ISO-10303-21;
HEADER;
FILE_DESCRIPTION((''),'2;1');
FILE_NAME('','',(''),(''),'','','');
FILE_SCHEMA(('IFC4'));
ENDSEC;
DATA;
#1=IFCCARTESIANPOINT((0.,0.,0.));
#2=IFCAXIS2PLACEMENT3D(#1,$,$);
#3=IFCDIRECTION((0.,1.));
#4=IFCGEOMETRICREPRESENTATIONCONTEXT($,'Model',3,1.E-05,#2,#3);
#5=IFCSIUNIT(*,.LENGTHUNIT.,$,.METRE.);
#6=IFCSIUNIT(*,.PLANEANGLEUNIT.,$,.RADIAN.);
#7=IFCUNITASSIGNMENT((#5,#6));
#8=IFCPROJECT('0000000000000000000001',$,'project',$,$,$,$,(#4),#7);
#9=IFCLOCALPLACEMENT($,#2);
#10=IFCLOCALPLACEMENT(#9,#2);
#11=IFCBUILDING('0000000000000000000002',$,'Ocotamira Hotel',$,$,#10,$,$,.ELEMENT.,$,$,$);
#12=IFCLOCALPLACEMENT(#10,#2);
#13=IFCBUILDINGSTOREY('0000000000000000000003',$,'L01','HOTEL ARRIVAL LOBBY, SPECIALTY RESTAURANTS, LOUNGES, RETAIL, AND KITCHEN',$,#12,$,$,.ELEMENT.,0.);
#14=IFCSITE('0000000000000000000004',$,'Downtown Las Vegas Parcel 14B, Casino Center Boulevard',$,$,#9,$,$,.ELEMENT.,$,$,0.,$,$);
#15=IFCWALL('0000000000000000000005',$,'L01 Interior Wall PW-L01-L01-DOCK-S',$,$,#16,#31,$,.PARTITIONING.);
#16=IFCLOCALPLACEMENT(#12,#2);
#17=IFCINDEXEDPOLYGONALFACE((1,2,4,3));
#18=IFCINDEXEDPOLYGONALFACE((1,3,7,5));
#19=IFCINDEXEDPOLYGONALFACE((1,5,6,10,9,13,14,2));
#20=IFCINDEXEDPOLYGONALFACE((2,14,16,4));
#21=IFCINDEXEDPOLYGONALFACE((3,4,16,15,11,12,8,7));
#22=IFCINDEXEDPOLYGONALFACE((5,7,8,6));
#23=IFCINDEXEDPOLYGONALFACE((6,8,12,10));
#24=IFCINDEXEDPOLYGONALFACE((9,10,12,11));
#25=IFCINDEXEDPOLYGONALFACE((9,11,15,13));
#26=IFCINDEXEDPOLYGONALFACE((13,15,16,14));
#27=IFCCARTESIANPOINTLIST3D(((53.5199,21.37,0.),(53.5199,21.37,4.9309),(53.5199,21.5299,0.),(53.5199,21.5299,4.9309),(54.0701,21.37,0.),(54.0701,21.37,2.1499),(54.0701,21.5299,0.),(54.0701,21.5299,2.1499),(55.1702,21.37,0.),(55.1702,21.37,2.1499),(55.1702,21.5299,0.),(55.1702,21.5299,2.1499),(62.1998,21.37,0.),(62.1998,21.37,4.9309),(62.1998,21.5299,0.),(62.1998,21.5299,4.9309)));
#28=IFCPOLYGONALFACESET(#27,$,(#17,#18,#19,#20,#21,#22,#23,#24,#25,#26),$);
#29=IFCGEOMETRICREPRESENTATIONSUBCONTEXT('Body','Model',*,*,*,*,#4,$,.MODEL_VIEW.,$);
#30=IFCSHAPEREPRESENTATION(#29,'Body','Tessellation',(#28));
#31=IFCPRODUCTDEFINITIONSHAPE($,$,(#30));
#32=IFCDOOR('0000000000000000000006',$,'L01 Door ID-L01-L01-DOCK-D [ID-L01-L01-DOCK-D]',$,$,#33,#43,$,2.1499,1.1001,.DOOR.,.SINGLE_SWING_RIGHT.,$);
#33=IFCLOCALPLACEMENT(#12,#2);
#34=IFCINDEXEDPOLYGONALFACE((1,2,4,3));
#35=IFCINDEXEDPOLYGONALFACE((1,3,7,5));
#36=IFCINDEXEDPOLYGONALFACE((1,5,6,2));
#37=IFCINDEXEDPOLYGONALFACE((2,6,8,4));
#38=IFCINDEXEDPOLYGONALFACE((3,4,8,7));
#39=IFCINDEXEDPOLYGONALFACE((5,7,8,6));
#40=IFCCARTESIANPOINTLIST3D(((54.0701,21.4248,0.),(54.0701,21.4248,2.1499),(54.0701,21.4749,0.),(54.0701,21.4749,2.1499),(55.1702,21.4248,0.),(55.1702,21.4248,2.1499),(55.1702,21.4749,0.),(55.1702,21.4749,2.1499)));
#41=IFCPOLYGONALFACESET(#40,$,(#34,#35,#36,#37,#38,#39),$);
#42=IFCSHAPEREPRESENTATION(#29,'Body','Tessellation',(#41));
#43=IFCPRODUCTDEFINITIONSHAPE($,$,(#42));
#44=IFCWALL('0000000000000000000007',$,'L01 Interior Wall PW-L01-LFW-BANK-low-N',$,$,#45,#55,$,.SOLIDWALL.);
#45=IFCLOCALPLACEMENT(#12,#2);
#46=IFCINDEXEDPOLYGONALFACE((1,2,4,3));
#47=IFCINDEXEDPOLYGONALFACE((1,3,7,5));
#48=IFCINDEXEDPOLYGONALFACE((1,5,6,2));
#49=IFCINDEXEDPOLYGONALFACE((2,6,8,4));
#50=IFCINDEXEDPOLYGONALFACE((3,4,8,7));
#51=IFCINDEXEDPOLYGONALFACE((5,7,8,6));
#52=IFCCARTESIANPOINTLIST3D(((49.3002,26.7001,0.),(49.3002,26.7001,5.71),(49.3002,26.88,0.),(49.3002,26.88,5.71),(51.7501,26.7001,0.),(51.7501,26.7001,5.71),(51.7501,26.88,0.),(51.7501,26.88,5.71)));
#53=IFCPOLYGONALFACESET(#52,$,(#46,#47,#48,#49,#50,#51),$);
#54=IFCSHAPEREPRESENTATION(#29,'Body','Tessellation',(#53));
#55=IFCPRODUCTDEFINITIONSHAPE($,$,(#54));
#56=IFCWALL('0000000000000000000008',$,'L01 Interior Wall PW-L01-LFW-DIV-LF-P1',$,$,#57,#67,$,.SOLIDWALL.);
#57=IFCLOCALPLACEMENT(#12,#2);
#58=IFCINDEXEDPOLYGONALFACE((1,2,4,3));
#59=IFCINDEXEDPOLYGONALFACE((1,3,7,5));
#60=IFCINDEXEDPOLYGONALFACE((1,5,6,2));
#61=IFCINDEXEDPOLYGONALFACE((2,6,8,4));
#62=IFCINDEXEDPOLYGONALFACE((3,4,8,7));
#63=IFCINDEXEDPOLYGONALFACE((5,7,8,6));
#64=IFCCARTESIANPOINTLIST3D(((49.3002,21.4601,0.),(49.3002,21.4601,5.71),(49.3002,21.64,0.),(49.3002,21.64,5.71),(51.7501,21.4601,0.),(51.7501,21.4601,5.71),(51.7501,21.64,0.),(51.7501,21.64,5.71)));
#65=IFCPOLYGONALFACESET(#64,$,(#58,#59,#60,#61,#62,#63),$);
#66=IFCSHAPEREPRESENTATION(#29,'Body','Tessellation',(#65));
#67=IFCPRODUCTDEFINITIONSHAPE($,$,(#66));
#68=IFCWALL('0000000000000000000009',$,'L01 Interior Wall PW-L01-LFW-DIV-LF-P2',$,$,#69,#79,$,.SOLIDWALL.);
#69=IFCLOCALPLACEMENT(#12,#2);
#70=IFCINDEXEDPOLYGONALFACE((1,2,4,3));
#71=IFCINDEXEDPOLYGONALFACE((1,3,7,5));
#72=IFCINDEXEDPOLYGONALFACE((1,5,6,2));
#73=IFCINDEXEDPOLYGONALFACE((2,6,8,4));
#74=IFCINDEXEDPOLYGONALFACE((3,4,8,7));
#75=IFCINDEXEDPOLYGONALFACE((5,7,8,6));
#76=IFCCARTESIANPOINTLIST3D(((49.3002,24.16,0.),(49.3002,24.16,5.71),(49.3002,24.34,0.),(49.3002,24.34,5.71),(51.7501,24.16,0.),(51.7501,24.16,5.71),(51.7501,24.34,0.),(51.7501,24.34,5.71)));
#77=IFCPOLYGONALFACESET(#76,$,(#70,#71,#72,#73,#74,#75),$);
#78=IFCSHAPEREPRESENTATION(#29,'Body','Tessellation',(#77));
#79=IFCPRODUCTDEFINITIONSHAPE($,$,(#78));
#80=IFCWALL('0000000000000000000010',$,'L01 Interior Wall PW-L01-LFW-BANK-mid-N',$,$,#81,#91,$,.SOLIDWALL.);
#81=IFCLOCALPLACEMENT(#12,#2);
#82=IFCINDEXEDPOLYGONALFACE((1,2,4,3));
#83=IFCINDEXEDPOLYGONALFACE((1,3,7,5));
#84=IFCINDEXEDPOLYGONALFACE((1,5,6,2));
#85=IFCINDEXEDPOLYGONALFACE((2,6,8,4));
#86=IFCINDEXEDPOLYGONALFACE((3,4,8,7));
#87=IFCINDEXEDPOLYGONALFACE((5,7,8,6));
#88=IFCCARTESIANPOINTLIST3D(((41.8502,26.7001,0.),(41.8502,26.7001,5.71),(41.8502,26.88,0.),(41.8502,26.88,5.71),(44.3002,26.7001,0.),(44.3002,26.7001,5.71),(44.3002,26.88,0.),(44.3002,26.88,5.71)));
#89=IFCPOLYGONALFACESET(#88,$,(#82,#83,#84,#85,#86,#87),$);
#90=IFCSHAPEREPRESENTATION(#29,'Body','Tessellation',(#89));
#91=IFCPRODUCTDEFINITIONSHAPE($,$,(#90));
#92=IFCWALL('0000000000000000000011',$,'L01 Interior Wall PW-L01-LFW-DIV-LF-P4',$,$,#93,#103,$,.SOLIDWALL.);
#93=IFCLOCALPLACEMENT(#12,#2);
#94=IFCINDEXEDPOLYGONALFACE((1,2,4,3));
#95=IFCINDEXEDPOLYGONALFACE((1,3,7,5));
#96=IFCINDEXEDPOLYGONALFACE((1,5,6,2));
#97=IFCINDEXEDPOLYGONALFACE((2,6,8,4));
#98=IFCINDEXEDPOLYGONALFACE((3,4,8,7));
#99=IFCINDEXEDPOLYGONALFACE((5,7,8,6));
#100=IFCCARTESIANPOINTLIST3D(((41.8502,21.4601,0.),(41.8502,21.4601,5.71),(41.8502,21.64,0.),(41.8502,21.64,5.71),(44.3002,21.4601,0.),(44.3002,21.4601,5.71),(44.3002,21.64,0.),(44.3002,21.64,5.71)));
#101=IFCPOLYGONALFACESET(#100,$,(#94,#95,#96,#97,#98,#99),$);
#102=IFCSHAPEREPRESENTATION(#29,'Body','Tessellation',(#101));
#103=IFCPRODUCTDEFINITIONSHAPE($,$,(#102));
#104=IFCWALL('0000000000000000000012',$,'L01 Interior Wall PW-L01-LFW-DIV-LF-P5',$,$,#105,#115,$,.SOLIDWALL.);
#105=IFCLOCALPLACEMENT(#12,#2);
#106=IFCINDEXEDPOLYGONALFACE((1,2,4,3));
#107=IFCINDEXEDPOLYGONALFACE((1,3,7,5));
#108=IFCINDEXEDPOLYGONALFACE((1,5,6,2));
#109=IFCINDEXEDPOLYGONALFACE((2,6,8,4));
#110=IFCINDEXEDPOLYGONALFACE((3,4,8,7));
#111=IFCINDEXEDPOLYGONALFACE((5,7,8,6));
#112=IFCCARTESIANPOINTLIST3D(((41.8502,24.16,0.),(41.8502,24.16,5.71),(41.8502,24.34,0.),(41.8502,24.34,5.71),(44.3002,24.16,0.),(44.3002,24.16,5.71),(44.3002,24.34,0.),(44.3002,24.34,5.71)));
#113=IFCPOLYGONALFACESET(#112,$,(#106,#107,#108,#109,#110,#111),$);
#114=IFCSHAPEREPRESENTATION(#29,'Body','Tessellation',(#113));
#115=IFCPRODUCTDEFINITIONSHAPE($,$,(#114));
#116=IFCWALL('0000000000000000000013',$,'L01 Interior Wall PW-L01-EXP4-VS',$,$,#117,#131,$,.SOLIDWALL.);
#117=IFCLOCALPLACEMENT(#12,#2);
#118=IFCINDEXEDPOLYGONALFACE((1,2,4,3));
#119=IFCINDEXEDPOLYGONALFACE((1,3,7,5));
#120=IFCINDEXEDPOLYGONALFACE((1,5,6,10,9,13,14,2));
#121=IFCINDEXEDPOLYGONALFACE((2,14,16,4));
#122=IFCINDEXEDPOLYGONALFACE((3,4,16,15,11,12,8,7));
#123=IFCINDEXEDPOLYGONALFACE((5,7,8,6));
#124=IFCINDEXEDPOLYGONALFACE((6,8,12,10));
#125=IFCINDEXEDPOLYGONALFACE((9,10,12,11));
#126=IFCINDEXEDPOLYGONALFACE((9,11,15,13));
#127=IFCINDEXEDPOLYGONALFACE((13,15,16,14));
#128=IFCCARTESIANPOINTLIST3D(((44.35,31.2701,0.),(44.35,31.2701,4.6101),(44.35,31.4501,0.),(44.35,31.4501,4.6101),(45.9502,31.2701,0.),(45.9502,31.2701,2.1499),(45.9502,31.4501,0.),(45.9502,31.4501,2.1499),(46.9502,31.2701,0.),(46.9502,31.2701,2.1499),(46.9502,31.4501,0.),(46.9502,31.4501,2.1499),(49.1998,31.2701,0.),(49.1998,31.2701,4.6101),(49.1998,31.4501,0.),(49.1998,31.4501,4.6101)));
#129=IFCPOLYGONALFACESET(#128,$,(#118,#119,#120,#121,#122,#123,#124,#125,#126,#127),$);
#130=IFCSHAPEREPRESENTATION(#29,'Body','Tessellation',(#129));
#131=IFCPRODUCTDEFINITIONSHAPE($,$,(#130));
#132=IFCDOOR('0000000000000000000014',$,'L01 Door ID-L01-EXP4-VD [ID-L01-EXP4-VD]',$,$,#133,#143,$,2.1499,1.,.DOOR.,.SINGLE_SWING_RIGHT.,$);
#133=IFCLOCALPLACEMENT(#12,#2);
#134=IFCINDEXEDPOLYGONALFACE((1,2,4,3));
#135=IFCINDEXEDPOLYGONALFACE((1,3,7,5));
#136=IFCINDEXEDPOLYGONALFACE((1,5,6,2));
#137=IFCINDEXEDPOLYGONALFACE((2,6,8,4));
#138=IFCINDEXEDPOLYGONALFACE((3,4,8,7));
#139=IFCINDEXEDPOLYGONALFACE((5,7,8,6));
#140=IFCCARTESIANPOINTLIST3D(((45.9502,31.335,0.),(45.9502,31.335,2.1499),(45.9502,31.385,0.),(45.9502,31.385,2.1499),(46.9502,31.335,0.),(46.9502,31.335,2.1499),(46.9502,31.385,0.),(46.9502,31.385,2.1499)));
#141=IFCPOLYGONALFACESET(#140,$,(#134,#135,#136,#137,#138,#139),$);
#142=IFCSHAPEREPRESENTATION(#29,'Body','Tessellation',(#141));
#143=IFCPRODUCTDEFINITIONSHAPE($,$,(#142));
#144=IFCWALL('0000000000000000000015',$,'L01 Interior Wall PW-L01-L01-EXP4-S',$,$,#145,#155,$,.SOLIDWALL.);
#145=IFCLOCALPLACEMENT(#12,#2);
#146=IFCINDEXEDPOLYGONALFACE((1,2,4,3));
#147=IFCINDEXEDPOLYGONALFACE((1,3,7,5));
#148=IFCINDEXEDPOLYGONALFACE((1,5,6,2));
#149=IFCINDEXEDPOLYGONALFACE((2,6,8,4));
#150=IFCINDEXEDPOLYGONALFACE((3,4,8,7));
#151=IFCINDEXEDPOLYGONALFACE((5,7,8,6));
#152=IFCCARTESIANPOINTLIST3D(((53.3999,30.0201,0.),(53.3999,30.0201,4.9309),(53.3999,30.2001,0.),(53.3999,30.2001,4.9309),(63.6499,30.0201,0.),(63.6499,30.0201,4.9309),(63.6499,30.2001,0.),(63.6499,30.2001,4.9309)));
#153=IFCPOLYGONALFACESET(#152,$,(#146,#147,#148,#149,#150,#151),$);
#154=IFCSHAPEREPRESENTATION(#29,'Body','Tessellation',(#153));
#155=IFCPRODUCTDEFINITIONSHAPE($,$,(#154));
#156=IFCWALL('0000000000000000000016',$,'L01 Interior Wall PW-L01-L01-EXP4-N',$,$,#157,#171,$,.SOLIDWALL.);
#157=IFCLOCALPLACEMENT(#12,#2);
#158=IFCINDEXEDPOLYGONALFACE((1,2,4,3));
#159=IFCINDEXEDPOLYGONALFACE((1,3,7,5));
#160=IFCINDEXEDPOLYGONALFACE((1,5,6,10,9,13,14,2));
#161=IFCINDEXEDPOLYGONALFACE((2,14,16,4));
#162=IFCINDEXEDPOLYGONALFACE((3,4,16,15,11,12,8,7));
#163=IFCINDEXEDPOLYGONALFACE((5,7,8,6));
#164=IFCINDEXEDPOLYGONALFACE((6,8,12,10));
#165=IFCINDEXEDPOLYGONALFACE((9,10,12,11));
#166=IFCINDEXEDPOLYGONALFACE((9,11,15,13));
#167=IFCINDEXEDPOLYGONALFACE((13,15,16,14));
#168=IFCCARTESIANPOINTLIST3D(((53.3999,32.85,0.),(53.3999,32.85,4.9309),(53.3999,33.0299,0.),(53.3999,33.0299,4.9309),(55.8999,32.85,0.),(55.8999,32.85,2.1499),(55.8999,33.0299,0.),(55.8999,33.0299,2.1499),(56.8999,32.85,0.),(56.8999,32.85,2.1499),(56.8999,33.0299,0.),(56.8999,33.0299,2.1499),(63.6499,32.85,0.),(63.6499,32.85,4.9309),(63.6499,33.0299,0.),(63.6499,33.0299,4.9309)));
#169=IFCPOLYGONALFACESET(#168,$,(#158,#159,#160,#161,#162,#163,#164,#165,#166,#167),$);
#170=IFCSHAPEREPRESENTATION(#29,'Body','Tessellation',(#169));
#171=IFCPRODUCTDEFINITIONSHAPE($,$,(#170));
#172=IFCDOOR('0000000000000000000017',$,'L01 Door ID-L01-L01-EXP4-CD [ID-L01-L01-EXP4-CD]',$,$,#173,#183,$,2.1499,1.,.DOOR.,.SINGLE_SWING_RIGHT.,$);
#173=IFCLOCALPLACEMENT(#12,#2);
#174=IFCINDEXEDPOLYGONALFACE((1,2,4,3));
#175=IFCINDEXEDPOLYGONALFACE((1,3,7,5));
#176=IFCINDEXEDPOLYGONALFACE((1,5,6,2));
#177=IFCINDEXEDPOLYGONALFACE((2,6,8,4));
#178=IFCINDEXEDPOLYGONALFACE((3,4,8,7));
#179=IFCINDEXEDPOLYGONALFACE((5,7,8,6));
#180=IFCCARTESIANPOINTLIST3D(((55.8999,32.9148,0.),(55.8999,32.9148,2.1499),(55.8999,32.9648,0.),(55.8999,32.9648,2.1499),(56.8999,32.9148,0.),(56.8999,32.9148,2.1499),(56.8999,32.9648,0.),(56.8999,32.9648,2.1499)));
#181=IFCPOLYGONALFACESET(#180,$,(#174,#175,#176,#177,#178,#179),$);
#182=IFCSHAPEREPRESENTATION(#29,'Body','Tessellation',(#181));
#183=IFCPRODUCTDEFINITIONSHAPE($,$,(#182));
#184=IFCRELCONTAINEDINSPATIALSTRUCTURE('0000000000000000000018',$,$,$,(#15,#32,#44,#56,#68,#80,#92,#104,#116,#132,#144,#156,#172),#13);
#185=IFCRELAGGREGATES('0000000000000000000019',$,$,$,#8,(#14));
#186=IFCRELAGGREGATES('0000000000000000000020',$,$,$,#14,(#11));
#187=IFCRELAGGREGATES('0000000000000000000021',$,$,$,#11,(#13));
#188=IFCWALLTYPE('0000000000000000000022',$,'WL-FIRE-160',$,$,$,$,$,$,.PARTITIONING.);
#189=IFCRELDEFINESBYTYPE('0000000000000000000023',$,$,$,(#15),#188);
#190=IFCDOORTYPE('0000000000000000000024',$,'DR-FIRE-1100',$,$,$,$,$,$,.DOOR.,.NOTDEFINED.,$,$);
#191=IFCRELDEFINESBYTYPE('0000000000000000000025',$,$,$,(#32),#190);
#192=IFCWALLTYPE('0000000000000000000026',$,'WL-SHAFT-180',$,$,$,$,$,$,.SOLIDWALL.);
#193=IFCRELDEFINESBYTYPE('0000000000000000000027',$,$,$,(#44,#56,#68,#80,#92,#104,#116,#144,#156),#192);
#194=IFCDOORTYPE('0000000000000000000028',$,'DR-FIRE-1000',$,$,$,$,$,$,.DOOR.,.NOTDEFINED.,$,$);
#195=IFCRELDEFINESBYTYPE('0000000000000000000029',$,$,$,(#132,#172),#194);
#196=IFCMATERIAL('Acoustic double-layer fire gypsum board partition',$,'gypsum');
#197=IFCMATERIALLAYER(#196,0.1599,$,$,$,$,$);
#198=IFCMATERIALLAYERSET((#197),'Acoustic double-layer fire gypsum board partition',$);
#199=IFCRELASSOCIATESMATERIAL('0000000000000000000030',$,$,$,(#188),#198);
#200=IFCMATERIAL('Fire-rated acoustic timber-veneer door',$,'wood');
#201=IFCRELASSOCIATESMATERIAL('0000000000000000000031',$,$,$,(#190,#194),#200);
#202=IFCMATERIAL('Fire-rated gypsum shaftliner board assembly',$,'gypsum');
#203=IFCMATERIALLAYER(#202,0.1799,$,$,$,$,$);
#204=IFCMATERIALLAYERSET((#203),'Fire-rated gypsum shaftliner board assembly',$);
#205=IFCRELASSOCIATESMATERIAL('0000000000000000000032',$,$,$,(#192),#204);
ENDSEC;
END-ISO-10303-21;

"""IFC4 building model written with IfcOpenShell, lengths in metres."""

from ifc_helpers import new_model, si_unit, direction, frame, frame_2d, origin, place, context, subcontext, project, spatial, rectangle, extrude, source, transform, mapped, material, layer, layer_set, type_object, element, fill, save


model = new_model("IFC4")

# Units and contexts
model_context = context("Model", 3, precision=1e-05, world=origin(), true_north=direction((0.0, 1.0)))
body_context = subcontext(model_context, "Body", "Model", "MODEL_VIEW")
ifc_project = project(units=[si_unit("LENGTHUNIT", "METRE"), si_unit("PLANEANGLEUNIT", "RADIAN")], contexts=[model_context])

# Site, building, storey
site_placement = place(None, origin())
site = spatial("IfcSite", under=ifc_project, at=site_placement, Name="Downtown Las Vegas Parcel 14B, Casino Center Boulevard", CompositionType="ELEMENT", RefElevation=0.0)
building_placement = place(site_placement, origin())
building = spatial("IfcBuilding", under=site, at=building_placement, Name="Ocotamira Hotel", CompositionType="ELEMENT")
storey_placement = place(building_placement, origin())
storey = spatial("IfcBuildingStorey", under=building, at=storey_placement, Name="L01", Description="HOTEL ARRIVAL LOBBY, SPECIALTY RESTAURANTS, LOUNGES, RETAIL, AND KITCHEN", CompositionType="ELEMENT", Elevation=0.0)

# Shared definitions
ifc_material_1 = material(Name="Acoustic double-layer fire gypsum board partition", Category="gypsum")
ifc_layer_1 = layer(ifc_material_1, 0.1599)
ifc_layer_set_1 = layer_set([ifc_layer_1], Name="Acoustic double-layer fire gypsum board partition")
wall_type_1 = type_object("IfcWallType", Name="WL-FIRE-160", PredefinedType="PARTITIONING", material=ifc_layer_set_1)

# Wall, opening, door
wall_1_placement = place(storey_placement, frame((53.52, 21.45, 0.0), z_axis=(0.0, 0.0, 1.0), x_axis=(1.0, 0.0, 0.0)))
wall_1 = element("IfcWall", 1, at=wall_1_placement, inside=storey, type_object=wall_type_1, Name="L01 Interior Wall PW-L01-L01-DOCK-S", PredefinedType="PARTITIONING", context=body_context, shape_type="SweptSolid", body=[
    extrude(rectangle(XDim=8.6799, YDim=0.1599, at=frame_2d((4.3398, 0.0))), origin(), (0.0, 0.0, 1.0), 4.9309),
])
opening_1_placement = place(wall_1_placement, frame((0.55, 0.0, 0.0)))
opening_1 = element("IfcOpeningElement", 2, at=opening_1_placement, cuts=wall_1, PredefinedType="OPENING", context=body_context, shape_type="SweptSolid", body=[
    extrude(rectangle(XDim=1.1001, YDim=2.1499, at=frame_2d((0.55, 1.075))), frame((0.0, 0.0898, 0.0), z_axis=(0.0, -1.0, 0.0), x_axis=(1.0, 0.0, 0.0)), (0.0, 0.0, 1.0), 0.1799),
])
ifc_material_2 = material(Name="Fire-rated acoustic timber-veneer door", Category="wood")
door_type_1 = type_object("IfcDoorType", Name="DR-FIRE-1100", OperationType="NOTDEFINED", PredefinedType="DOOR", material=ifc_material_2)
shared_shape_1 = source(origin(), body_context, "Body", "SweptSolid", [
    extrude(rectangle(XDim=1.1001, YDim=2.1499, at=frame_2d((0.55, 1.075))), frame((0.0, 0.0249, 0.0), z_axis=(0.0, -1.0, 0.0), x_axis=(1.0, 0.0, 0.0)), (0.0, 0.0, 1.0), 0.05),
])
door_1_placement = place(opening_1_placement, origin())
door_1 = element("IfcDoor", 3, at=door_1_placement, inside=storey, type_object=door_type_1, Name="L01 Door ID-L01-L01-DOCK-D [ID-L01-L01-DOCK-D]", OperationType="SINGLE_SWING_RIGHT", OverallHeight=2.1499, OverallWidth=1.1001, PredefinedType="DOOR", context=body_context, shape_type="MappedRepresentation", body=[
    mapped(shared_shape_1, transform((0.0, 0.0, 0.0), scale=1.0)),
])
fill(opening_1, door_1)

# Walls
ifc_material_3 = material(Name="Fire-rated gypsum shaftliner board assembly", Category="gypsum")
ifc_layer_2 = layer(ifc_material_3, 0.1799)
ifc_layer_set_2 = layer_set([ifc_layer_2], Name="Fire-rated gypsum shaftliner board assembly")
wall_type_2 = type_object("IfcWallType", Name="WL-SHAFT-180", PredefinedType="SOLIDWALL", material=ifc_layer_set_2)
for number, where, z_axis, x_axis, name in (
    (4, (49.3, 26.79, 0.0), (0.0, 0.0, 1.0), (1.0, 0.0, 0.0), "L01 Interior Wall PW-L01-LFW-BANK-low-N"),
    (5, (49.3, 21.55, 0.0), (0.0, 0.0, 1.0), (1.0, 0.0, 0.0), "L01 Interior Wall PW-L01-LFW-DIV-LF-P1"),
    (6, (49.3, 24.25, 0.0), (0.0, 0.0, 1.0), (1.0, 0.0, 0.0), "L01 Interior Wall PW-L01-LFW-DIV-LF-P2"),
    (7, (41.8501, 26.79, 0.0), (0.0, 0.0, 1.0), (1.0, 0.0, 0.0), "L01 Interior Wall PW-L01-LFW-BANK-mid-N"),
    (8, (41.8501, 21.55, 0.0), (0.0, 0.0, 1.0), (1.0, 0.0, 0.0), "L01 Interior Wall PW-L01-LFW-DIV-LF-P4"),
    (9, (41.8501, 24.25, 0.0), (0.0, 0.0, 1.0), (1.0, 0.0, 0.0), "L01 Interior Wall PW-L01-LFW-DIV-LF-P5"),
):
    element("IfcWall", number, at=place(storey_placement, frame(where, z_axis=z_axis, x_axis=x_axis)), inside=storey, type_object=wall_type_2, Name=name, PredefinedType="SOLIDWALL", context=body_context, shape_type="SweptSolid", body=[
        extrude(rectangle(XDim=2.45, YDim=0.1799, at=frame_2d((1.2251, 0.0))), origin(), (0.0, 0.0, 1.0), 5.71),
    ])

# Wall, opening, door
wall_2_placement = place(storey_placement, frame((44.3501, 31.3601, 0.0), z_axis=(0.0, 0.0, 1.0), x_axis=(1.0, 0.0, 0.0)))
wall_2 = element("IfcWall", 10, at=wall_2_placement, inside=storey, type_object=wall_type_2, Name="L01 Interior Wall PW-L01-EXP4-VS", PredefinedType="SOLIDWALL", context=body_context, shape_type="SweptSolid", body=[
    extrude(rectangle(XDim=4.8499, YDim=0.1799, at=frame_2d((2.4248, 0.0))), origin(), (0.0, 0.0, 1.0), 4.6101),
])
opening_2_placement = place(wall_2_placement, frame((1.6001, 0.0, 0.0)))
opening_2 = element("IfcOpeningElement", 11, at=opening_2_placement, cuts=wall_2, PredefinedType="OPENING", context=body_context, shape_type="SweptSolid", body=[
    extrude(rectangle(XDim=1.0, YDim=2.1499, at=frame_2d((0.5, 1.075))), frame((0.0, 0.1001, 0.0), z_axis=(0.0, -1.0, 0.0), x_axis=(1.0, 0.0, 0.0)), (0.0, 0.0, 1.0), 0.2),
])
door_type_2 = type_object("IfcDoorType", Name="DR-FIRE-1000", OperationType="NOTDEFINED", PredefinedType="DOOR", material=ifc_material_2)
shared_shape_2 = source(origin(), body_context, "Body", "SweptSolid", [
    extrude(rectangle(XDim=1.0, YDim=2.1499, at=frame_2d((0.5, 1.075))), frame((0.0, 0.0249, 0.0), z_axis=(0.0, -1.0, 0.0), x_axis=(1.0, 0.0, 0.0)), (0.0, 0.0, 1.0), 0.05),
])
door_2_placement = place(opening_2_placement, origin())
door_2 = element("IfcDoor", 12, at=door_2_placement, inside=storey, type_object=door_type_2, Name="L01 Door ID-L01-EXP4-VD [ID-L01-EXP4-VD]", OperationType="SINGLE_SWING_RIGHT", OverallHeight=2.1499, OverallWidth=1.0, PredefinedType="DOOR", context=body_context, shape_type="MappedRepresentation", body=[
    mapped(shared_shape_2, transform((0.0, 0.0, 0.0), scale=1.0)),
])
fill(opening_2, door_2)

# Wall
wall_3_placement = place(storey_placement, frame((53.3999, 30.1101, 0.0), z_axis=(0.0, 0.0, 1.0), x_axis=(1.0, 0.0, 0.0)))
element("IfcWall", 13, at=wall_3_placement, inside=storey, type_object=wall_type_2, Name="L01 Interior Wall PW-L01-L01-EXP4-S", PredefinedType="SOLIDWALL", context=body_context, shape_type="SweptSolid", body=[
    extrude(rectangle(XDim=10.25, YDim=0.1799, at=frame_2d((5.125, 0.0))), origin(), (0.0, 0.0, 1.0), 4.9309),
])

# Wall, opening, door
wall_4_placement = place(storey_placement, frame((53.3999, 32.9399, 0.0), z_axis=(0.0, 0.0, 1.0), x_axis=(1.0, 0.0, 0.0)))
wall_4 = element("IfcWall", 14, at=wall_4_placement, inside=storey, type_object=wall_type_2, Name="L01 Interior Wall PW-L01-L01-EXP4-N", PredefinedType="SOLIDWALL", context=body_context, shape_type="SweptSolid", body=[
    extrude(rectangle(XDim=10.25, YDim=0.1799, at=frame_2d((5.125, 0.0))), origin(), (0.0, 0.0, 1.0), 4.9309),
])
opening_3_placement = place(wall_4_placement, frame((2.5, 0.0, 0.0)))
opening_3 = element("IfcOpeningElement", 15, at=opening_3_placement, cuts=wall_4, PredefinedType="OPENING", context=body_context, shape_type="SweptSolid", body=[
    extrude(rectangle(XDim=1.0, YDim=2.1499, at=frame_2d((0.5, 1.075))), frame((0.0, 0.1001, 0.0), z_axis=(0.0, -1.0, 0.0), x_axis=(1.0, 0.0, 0.0)), (0.0, 0.0, 1.0), 0.2),
])
door_3_placement = place(opening_3_placement, origin())
door_3 = element("IfcDoor", 16, at=door_3_placement, inside=storey, type_object=door_type_2, Name="L01 Door ID-L01-L01-EXP4-CD [ID-L01-L01-EXP4-CD]", OperationType="SINGLE_SWING_RIGHT", OverallHeight=2.1499, OverallWidth=1.0, PredefinedType="DOOR", context=body_context, shape_type="MappedRepresentation", body=[
    mapped(shared_shape_2, transform((0.0, 0.0, 0.0), scale=1.0)),
])
fill(opening_3, door_3)

save(model, "model.ifc")
